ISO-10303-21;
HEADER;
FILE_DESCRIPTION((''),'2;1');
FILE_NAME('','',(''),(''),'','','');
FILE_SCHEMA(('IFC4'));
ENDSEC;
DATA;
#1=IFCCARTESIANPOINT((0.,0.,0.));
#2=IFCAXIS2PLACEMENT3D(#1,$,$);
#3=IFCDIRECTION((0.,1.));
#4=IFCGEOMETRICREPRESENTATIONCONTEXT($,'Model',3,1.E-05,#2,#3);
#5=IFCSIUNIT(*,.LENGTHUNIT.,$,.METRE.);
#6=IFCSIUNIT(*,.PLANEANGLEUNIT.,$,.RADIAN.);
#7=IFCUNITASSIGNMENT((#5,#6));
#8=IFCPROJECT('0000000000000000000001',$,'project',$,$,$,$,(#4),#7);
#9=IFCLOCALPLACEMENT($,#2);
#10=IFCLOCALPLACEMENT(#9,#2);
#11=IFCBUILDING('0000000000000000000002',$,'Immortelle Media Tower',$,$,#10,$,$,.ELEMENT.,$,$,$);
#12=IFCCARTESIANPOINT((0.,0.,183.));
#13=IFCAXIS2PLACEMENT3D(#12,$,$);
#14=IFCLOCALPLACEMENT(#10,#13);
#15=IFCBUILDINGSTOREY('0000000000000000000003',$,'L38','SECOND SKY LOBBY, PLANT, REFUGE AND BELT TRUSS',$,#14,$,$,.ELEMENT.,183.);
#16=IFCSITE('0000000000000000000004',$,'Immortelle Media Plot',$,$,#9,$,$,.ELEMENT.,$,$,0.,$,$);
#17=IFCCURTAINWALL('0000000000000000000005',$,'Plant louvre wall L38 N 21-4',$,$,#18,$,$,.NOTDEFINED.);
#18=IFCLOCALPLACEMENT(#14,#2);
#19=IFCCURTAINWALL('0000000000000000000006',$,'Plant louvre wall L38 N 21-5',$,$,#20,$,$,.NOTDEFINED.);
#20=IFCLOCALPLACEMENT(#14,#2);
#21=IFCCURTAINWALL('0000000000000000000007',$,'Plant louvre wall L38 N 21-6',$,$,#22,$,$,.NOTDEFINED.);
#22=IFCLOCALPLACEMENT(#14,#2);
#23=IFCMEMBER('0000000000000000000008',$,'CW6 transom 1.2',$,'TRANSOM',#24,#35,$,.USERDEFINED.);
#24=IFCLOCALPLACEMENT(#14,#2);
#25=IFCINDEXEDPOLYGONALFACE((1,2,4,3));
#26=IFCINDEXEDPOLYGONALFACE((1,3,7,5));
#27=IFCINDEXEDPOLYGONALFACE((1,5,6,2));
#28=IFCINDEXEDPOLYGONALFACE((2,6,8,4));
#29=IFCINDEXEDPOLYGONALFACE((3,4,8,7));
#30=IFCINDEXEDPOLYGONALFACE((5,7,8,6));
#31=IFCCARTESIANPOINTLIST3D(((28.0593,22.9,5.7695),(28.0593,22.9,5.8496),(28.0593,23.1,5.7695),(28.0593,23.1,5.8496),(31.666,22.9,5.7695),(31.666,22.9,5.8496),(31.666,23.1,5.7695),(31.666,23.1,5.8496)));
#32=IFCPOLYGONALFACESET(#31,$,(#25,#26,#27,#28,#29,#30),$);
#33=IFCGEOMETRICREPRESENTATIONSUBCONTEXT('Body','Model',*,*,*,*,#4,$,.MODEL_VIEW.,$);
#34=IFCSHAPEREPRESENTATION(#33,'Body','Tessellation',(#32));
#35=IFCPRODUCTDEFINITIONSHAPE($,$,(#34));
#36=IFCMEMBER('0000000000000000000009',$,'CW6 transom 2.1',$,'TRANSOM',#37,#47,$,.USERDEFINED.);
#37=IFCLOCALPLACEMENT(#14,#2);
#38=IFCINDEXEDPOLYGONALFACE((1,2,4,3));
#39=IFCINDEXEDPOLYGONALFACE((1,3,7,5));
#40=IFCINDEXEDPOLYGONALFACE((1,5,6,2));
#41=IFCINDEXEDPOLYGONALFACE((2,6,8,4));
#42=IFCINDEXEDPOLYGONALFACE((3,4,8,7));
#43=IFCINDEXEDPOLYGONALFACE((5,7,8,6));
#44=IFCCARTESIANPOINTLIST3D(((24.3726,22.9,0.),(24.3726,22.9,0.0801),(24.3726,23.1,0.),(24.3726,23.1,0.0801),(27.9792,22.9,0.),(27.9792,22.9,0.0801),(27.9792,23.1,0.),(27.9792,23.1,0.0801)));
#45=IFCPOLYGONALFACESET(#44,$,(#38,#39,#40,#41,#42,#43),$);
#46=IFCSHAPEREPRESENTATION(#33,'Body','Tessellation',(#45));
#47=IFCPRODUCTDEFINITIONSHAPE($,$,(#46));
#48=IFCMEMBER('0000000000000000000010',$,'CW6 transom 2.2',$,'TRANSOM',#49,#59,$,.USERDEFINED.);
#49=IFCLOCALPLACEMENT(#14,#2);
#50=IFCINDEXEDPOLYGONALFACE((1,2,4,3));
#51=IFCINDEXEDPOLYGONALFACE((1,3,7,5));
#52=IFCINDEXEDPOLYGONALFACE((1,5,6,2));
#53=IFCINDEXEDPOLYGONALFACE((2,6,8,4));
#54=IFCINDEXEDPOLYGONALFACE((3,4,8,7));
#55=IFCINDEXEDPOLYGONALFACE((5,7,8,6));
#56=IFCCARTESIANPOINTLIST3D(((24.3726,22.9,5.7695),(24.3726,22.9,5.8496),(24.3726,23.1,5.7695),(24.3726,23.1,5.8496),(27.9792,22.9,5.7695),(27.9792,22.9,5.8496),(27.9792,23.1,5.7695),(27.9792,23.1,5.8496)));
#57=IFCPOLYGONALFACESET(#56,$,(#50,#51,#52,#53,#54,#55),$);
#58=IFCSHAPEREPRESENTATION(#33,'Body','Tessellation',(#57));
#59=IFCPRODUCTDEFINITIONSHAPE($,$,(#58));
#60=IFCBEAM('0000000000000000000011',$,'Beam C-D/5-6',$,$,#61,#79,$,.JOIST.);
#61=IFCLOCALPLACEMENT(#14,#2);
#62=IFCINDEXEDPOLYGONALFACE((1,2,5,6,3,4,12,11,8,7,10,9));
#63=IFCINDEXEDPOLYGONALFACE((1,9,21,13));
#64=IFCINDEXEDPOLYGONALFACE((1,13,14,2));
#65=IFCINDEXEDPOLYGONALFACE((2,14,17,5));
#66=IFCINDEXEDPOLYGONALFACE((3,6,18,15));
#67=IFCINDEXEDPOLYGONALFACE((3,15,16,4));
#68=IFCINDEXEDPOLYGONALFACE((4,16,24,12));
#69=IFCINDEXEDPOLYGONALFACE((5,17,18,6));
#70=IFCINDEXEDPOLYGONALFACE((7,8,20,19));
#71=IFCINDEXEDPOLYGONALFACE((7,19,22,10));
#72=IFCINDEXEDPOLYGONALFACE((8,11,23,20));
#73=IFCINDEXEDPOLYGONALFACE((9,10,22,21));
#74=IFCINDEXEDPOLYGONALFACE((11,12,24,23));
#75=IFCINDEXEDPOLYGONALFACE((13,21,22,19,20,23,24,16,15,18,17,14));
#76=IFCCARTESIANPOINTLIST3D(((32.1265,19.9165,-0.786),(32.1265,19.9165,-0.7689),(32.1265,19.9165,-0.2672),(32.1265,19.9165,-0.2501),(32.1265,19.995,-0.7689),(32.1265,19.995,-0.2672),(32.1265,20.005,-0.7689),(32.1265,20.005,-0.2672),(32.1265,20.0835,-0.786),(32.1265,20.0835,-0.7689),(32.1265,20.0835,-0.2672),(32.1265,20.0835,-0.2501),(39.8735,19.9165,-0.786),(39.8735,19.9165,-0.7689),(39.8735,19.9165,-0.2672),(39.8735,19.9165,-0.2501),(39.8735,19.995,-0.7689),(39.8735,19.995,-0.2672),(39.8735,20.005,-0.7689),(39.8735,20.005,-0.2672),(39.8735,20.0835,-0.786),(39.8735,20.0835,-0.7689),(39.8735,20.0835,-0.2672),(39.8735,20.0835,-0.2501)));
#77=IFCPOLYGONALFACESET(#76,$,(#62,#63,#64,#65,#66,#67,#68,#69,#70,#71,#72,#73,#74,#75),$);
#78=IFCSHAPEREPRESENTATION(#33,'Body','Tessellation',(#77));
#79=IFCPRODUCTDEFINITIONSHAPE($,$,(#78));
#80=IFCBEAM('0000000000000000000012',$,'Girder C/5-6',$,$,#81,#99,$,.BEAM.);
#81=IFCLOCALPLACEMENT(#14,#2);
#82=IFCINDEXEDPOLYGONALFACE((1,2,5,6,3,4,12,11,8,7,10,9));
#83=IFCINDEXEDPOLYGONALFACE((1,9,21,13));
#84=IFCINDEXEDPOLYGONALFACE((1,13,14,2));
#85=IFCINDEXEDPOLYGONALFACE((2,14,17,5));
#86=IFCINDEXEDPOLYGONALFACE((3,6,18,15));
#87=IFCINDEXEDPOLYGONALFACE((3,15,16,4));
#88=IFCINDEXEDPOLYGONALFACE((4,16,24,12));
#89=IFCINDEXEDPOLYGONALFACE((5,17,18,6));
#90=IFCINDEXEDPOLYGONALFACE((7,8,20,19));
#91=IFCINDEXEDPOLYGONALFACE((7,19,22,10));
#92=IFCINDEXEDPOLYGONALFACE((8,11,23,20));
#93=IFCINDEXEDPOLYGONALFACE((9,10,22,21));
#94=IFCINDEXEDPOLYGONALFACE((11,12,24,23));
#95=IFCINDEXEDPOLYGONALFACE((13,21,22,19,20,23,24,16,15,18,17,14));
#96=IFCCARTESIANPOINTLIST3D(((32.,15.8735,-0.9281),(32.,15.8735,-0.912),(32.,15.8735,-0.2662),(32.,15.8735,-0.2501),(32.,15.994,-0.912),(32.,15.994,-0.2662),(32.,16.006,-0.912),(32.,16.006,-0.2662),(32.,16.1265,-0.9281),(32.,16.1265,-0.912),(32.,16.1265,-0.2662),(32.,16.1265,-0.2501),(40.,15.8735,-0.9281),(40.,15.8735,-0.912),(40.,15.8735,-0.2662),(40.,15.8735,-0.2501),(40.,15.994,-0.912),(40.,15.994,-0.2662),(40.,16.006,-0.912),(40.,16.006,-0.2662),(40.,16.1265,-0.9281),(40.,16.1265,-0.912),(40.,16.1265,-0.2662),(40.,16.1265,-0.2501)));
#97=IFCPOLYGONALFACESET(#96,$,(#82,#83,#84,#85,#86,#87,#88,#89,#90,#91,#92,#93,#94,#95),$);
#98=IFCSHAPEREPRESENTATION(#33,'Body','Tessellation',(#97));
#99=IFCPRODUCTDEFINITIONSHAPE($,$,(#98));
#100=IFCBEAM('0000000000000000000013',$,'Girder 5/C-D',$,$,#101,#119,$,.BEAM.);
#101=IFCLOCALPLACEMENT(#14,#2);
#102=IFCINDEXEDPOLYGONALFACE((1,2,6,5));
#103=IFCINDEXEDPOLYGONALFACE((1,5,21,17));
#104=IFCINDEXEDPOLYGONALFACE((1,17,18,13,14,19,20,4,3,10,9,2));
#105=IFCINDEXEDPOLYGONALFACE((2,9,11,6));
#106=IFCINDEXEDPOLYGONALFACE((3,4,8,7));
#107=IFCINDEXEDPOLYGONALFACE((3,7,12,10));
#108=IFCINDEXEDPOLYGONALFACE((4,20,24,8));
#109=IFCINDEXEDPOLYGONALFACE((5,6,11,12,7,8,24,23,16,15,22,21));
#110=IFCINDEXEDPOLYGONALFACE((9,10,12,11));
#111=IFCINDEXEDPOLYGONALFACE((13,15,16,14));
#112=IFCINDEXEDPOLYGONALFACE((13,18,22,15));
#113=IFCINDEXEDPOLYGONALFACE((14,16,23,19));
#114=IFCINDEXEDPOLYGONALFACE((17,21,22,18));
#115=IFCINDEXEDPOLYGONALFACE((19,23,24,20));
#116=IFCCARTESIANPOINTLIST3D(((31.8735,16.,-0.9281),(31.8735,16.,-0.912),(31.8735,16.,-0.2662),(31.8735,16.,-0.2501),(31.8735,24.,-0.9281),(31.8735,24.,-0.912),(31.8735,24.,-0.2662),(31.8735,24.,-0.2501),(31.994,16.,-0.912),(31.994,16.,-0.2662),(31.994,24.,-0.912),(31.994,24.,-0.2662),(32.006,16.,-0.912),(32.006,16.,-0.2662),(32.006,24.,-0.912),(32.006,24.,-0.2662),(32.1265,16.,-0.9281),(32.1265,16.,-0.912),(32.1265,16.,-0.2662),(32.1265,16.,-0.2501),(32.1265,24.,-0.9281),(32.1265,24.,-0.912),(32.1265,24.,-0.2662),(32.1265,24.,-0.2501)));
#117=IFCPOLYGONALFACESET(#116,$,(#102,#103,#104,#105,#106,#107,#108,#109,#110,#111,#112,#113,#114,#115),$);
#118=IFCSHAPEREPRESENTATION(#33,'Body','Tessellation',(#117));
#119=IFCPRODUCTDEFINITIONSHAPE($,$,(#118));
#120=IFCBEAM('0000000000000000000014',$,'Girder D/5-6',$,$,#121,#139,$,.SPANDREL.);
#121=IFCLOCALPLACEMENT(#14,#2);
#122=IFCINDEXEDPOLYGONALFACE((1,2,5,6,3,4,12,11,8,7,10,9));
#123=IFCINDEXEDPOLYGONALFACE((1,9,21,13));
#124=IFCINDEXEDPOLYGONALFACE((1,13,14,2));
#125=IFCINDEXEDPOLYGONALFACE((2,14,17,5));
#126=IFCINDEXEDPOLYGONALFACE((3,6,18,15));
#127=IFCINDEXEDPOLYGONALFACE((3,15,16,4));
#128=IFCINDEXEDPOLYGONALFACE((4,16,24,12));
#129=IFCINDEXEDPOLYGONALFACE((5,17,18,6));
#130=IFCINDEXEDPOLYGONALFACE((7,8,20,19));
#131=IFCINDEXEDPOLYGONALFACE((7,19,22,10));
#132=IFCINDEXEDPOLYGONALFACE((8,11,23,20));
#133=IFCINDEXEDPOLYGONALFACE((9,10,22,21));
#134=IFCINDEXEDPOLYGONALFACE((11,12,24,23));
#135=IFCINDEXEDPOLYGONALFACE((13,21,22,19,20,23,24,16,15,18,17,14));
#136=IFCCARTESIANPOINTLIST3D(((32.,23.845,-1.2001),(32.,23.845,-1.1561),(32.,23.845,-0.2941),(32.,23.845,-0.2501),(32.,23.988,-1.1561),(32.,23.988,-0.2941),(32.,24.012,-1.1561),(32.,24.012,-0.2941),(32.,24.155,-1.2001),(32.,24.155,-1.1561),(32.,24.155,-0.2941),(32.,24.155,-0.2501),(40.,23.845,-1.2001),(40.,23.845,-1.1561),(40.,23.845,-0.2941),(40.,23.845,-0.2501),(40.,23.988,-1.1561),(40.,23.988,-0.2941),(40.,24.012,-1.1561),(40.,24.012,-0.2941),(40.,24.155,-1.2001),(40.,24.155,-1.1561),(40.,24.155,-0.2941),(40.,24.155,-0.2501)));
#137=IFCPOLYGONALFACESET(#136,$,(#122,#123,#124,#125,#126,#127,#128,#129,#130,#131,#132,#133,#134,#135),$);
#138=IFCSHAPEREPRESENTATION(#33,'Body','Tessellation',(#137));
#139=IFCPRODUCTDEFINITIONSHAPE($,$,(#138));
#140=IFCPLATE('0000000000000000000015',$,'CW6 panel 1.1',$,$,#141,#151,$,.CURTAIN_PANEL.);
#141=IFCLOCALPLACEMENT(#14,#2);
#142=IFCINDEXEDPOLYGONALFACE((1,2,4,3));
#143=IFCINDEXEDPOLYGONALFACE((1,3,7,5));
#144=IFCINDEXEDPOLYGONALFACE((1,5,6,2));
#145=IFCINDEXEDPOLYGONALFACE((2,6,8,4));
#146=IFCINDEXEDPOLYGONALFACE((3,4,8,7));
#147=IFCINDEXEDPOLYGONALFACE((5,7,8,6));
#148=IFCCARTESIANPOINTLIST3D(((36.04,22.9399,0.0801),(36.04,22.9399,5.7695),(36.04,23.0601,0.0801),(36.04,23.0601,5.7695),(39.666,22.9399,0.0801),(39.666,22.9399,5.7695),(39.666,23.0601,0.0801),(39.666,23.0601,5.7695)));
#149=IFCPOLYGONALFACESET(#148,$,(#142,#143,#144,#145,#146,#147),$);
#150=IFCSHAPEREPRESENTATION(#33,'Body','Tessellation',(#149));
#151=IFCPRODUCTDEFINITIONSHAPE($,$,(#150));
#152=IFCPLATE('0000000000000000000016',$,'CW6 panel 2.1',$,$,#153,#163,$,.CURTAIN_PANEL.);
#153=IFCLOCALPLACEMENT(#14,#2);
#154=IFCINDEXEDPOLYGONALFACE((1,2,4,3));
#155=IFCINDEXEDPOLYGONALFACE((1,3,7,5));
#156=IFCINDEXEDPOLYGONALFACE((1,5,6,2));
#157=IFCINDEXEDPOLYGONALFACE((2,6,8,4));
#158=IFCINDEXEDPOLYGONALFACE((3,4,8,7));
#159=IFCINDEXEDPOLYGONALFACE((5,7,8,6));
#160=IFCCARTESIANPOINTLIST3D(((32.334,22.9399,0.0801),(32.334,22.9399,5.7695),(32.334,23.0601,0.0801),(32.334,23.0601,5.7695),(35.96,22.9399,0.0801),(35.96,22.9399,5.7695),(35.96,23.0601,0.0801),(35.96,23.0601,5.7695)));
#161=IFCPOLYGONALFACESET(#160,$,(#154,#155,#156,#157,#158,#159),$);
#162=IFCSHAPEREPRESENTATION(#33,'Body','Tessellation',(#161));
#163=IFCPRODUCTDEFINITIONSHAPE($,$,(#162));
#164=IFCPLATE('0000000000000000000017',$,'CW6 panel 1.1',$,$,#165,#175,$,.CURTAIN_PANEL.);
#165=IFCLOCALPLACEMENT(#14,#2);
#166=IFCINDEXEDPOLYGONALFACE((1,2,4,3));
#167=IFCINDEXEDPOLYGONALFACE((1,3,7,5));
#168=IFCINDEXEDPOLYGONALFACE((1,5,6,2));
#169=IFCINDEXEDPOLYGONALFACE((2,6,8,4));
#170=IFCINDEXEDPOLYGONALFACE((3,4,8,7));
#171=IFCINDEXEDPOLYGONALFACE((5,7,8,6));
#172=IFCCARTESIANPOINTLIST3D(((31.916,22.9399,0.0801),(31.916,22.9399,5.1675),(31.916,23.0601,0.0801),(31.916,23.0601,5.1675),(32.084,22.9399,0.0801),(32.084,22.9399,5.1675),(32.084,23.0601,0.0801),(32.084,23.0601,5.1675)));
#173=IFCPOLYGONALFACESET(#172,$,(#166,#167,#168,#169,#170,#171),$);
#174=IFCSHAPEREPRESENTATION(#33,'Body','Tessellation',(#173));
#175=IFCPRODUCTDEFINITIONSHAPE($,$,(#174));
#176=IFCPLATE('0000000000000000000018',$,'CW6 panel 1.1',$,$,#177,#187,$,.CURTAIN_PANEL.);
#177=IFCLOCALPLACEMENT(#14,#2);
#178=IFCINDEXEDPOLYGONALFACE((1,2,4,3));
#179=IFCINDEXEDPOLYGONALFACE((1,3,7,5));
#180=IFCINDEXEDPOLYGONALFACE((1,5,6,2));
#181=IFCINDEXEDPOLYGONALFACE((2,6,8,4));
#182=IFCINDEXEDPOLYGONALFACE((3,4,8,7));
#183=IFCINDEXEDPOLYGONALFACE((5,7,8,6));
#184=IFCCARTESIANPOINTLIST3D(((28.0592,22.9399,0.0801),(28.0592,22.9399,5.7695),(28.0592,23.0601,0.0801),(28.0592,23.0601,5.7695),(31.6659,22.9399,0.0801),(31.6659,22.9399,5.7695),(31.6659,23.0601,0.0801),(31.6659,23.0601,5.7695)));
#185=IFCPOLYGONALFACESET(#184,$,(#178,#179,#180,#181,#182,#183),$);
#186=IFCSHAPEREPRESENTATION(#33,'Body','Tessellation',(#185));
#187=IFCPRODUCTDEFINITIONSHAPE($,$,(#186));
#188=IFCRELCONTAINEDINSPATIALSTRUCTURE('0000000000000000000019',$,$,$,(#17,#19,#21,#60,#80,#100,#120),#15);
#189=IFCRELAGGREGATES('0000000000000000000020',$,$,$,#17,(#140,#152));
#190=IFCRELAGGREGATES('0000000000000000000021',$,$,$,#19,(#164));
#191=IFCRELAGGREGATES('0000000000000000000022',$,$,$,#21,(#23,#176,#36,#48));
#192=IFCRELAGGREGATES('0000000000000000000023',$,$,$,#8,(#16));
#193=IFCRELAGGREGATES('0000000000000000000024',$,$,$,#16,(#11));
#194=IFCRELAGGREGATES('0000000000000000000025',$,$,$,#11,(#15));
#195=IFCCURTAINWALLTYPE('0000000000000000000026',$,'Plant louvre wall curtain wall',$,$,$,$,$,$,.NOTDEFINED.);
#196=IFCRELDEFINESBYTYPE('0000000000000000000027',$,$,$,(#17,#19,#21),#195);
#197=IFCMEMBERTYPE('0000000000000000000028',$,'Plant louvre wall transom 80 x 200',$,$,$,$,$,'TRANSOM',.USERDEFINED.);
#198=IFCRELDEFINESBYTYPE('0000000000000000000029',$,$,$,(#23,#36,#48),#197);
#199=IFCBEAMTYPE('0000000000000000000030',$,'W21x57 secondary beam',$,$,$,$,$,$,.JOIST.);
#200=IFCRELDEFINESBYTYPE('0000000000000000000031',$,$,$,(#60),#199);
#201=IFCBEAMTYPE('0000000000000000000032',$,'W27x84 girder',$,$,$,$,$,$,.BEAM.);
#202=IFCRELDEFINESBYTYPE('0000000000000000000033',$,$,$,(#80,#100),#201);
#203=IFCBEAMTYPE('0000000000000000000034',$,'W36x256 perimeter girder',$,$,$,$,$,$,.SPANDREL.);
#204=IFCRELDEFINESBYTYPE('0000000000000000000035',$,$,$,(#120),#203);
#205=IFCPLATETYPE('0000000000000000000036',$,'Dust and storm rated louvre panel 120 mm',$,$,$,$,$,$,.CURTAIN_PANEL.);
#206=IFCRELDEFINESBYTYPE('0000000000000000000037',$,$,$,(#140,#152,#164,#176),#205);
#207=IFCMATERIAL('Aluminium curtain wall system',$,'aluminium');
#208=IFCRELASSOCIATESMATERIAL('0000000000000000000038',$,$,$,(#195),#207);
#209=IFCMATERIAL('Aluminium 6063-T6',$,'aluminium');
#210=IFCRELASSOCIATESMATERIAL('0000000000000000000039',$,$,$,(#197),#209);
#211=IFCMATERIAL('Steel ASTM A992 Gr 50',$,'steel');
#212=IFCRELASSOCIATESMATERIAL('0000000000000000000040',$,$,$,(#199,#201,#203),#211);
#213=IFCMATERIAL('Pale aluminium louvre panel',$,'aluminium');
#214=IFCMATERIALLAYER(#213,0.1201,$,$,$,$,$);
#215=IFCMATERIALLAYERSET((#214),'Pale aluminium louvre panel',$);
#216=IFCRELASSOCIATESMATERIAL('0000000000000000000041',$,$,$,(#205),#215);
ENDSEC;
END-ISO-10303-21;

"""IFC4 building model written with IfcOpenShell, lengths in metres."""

from ifc_helpers import new_model, si_unit, direction, frame, origin, origin_2d, place, context, subcontext, project, spatial, rectangle, i_section, extrude, material, layer, layer_set, material_profile, profile_set, type_object, element, aggregate, save


model = new_model("IFC4")

# Units and contexts
model_context = context("Model", 3, precision=1e-05, world=origin(), true_north=direction((0.0, 1.0)))
body_context = subcontext(model_context, "Body", "Model", "MODEL_VIEW")
ifc_project = project(units=[si_unit("LENGTHUNIT", "METRE"), si_unit("PLANEANGLEUNIT", "RADIAN")], contexts=[model_context])

# Site, building, storey
site_placement = place(None, origin())
site = spatial("IfcSite", under=ifc_project, at=site_placement, Name="Immortelle Media Plot", CompositionType="ELEMENT", RefElevation=0.0)
building_placement = place(site_placement, origin())
building = spatial("IfcBuilding", under=site, at=building_placement, Name="Immortelle Media Tower", CompositionType="ELEMENT")
storey_placement = place(building_placement, frame((0.0, 0.0, 183.0)))
storey = spatial("IfcBuildingStorey", under=building, at=storey_placement, Name="L38", Description="SECOND SKY LOBBY, PLANT, REFUGE AND BELT TRUSS", CompositionType="ELEMENT", Elevation=183.0)

# Shared definitions
ifc_material_1 = material(Name="Steel ASTM A992 Gr 50", Category="steel")

# Curtain walls
ifc_material_2 = material(Name="Aluminium curtain wall system", Category="aluminium")
curtain_wall_type = type_object("IfcCurtainWallType", Name="Plant louvre wall curtain wall", PredefinedType="NOTDEFINED", material=ifc_material_2)
curtain_wall_1_placement = place(storey_placement, origin())
curtain_wall_1 = element("IfcCurtainWall", 1, at=curtain_wall_1_placement, inside=storey, type_object=curtain_wall_type, Name="Plant louvre wall L38 N 21-4", PredefinedType="NOTDEFINED")
ifc_material_3 = material(Name="Aluminium 6063-T6", Category="aluminium")
curtain_wall_2_placement = place(storey_placement, origin())
curtain_wall_2 = element("IfcCurtainWall", 2, at=curtain_wall_2_placement, inside=storey, type_object=curtain_wall_type, Name="Plant louvre wall L38 N 21-5", PredefinedType="NOTDEFINED")
curtain_wall_3_placement = place(storey_placement, origin())
curtain_wall_3 = element("IfcCurtainWall", 3, at=curtain_wall_3_placement, inside=storey, type_object=curtain_wall_type, Name="Plant louvre wall L38 N 21-6", PredefinedType="NOTDEFINED")

# Members
ifc_material_profile_1 = material_profile(ifc_material_3, rectangle(XDim=0.2, YDim=0.0801, at=origin_2d()), Name="AL 80x200")
ifc_profile_set_1 = profile_set([ifc_material_profile_1], Name="Aluminium 6063-T6")
member_type_1 = type_object("IfcMemberType", Name="Plant louvre wall transom 80 x 200", ElementType="TRANSOM", PredefinedType="USERDEFINED", material=ifc_profile_set_1)
member_1_placement = place(storey_placement, frame((31.666, 23.0, 5.8096), z_axis=(-1.0, 0.0, 0.0), x_axis=(0.0, -1.0, 0.0)))
member_1 = element("IfcMember", 4, at=member_1_placement, type_object=member_type_1, Name="CW6 transom 1.2", ObjectType="TRANSOM", PredefinedType="USERDEFINED", context=body_context, shape_type="SweptSolid", body=[
    extrude(rectangle(XDim=0.2, YDim=0.0801, at=origin_2d()), origin(), (0.0, 0.0, 1.0), 3.6067),
])
member_2_placement = place(storey_placement, frame((27.9792, 23.0, 0.04), z_axis=(-1.0, 0.0, 0.0), x_axis=(0.0, -1.0, 0.0)))
member_2 = element("IfcMember", 5, at=member_2_placement, type_object=member_type_1, Name="CW6 transom 2.1", ObjectType="TRANSOM", PredefinedType="USERDEFINED", context=body_context, shape_type="SweptSolid", body=[
    extrude(rectangle(XDim=0.2, YDim=0.0801, at=origin_2d()), origin(), (0.0, 0.0, 1.0), 3.6067),
])
member_3_placement = place(storey_placement, frame((27.9792, 23.0, 5.8096), z_axis=(-1.0, 0.0, 0.0), x_axis=(0.0, -1.0, 0.0)))
member_3 = element("IfcMember", 6, at=member_3_placement, type_object=member_type_1, Name="CW6 transom 2.2", ObjectType="TRANSOM", PredefinedType="USERDEFINED", context=body_context, shape_type="SweptSolid", body=[
    extrude(rectangle(XDim=0.2, YDim=0.0801, at=origin_2d()), origin(), (0.0, 0.0, 1.0), 3.6067),
])

# Beams
ifc_material_profile_2 = material_profile(ifc_material_1, i_section(OverallWidth=0.167, OverallDepth=0.5359, WebThickness=0.01, FlangeThickness=0.0171, at=origin_2d()), Name="W21x57")
ifc_profile_set_2 = profile_set([ifc_material_profile_2], Name="Steel ASTM A992 Gr 50")
beam_type_1 = type_object("IfcBeamType", Name="W21x57 secondary beam", PredefinedType="JOIST", material=ifc_profile_set_2)
beam_1_placement = place(storey_placement, frame((32.1265, 20.0, -0.5181), z_axis=(1.0, 0.0, 0.0), x_axis=(0.0, 1.0, 0.0)))
element("IfcBeam", 7, at=beam_1_placement, inside=storey, type_object=beam_type_1, Name="Beam C-D/5-6", PredefinedType="JOIST", context=body_context, shape_type="SweptSolid", body=[
    extrude(i_section(OverallWidth=0.167, OverallDepth=0.5359, WebThickness=0.01, FlangeThickness=0.0171, at=origin_2d()), origin(), (0.0, 0.0, 1.0), 7.7471),
])
ifc_material_profile_3 = material_profile(ifc_material_1, i_section(OverallWidth=0.2529, OverallDepth=0.678, WebThickness=0.012, FlangeThickness=0.0161, at=origin_2d()), Name="W27x84")
ifc_profile_set_3 = profile_set([ifc_material_profile_3], Name="Steel ASTM A992 Gr 50")
beam_type_2 = type_object("IfcBeamType", Name="W27x84 girder", PredefinedType="BEAM", material=ifc_profile_set_3)
for number, where, z_axis, x_axis, name in (
    (8, (32.0, 16.0, -0.5891), (1.0, 0.0, 0.0), (0.0, 1.0, 0.0), "Girder C/5-6"),
    (9, (32.0, 16.0, -0.5891), (0.0, 1.0, 0.0), (-1.0, 0.0, 0.0), "Girder 5/C-D"),
):
    element("IfcBeam", number, at=place(storey_placement, frame(where, z_axis=z_axis, x_axis=x_axis)), inside=storey, type_object=beam_type_2, Name=name, PredefinedType="BEAM", context=body_context, shape_type="SweptSolid", body=[
        extrude(i_section(OverallWidth=0.2529, OverallDepth=0.678, WebThickness=0.012, FlangeThickness=0.0161, at=origin_2d()), origin(), (0.0, 0.0, 1.0), 8.0),
    ])
ifc_material_profile_4 = material_profile(ifc_material_1, i_section(OverallWidth=0.3101, OverallDepth=0.95, WebThickness=0.0239, FlangeThickness=0.0439, at=origin_2d()), Name="W36x256")
ifc_profile_set_4 = profile_set([ifc_material_profile_4], Name="Steel ASTM A992 Gr 50")
beam_type_3 = type_object("IfcBeamType", Name="W36x256 perimeter girder", PredefinedType="SPANDREL", material=ifc_profile_set_4)
beam_2_placement = place(storey_placement, frame((32.0, 24.0, -0.7251), z_axis=(1.0, 0.0, 0.0), x_axis=(0.0, 1.0, 0.0)))
element("IfcBeam", 10, at=beam_2_placement, inside=storey, type_object=beam_type_3, Name="Girder D/5-6", PredefinedType="SPANDREL", context=body_context, shape_type="SweptSolid", body=[
    extrude(i_section(OverallWidth=0.3101, OverallDepth=0.95, WebThickness=0.0239, FlangeThickness=0.0439, at=origin_2d()), origin(), (0.0, 0.0, 1.0), 8.0),
])

# Plates
ifc_material_4 = material(Name="Pale aluminium louvre panel", Category="aluminium")
ifc_layer = layer(ifc_material_4, 0.1201)
ifc_layer_set = layer_set([ifc_layer], Name="Pale aluminium louvre panel")
plate_type = type_object("IfcPlateType", Name="Dust and storm rated louvre panel 120 mm", PredefinedType="CURTAIN_PANEL", material=ifc_layer_set)
plate_1_placement = place(storey_placement, frame((37.853, 23.0, 0.0801), z_axis=(0.0, 0.0, 1.0), x_axis=(-1.0, 0.0, 0.0)))
plate_1 = element("IfcPlate", 11, at=plate_1_placement, type_object=plate_type, Name="CW6 panel 1.1", PredefinedType="CURTAIN_PANEL", context=body_context, shape_type="SweptSolid", body=[
    extrude(rectangle(XDim=3.626, YDim=0.1201, at=origin_2d()), origin(), (0.0, 0.0, 1.0), 5.6895),
])
plate_2_placement = place(storey_placement, frame((34.147, 23.0, 0.0801), z_axis=(0.0, 0.0, 1.0), x_axis=(-1.0, 0.0, 0.0)))
plate_2 = element("IfcPlate", 12, at=plate_2_placement, type_object=plate_type, Name="CW6 panel 2.1", PredefinedType="CURTAIN_PANEL", context=body_context, shape_type="SweptSolid", body=[
    extrude(rectangle(XDim=3.626, YDim=0.1201, at=origin_2d()), origin(), (0.0, 0.0, 1.0), 5.6895),
])
aggregate(curtain_wall_1, [plate_1, plate_2])
plate_3_placement = place(storey_placement, frame((32.0, 23.0, 0.0801), z_axis=(0.0, 0.0, 1.0), x_axis=(-1.0, 0.0, 0.0)))
plate_3 = element("IfcPlate", 13, at=plate_3_placement, type_object=plate_type, Name="CW6 panel 1.1", PredefinedType="CURTAIN_PANEL", context=body_context, shape_type="SweptSolid", body=[
    extrude(rectangle(XDim=0.168, YDim=0.1201, at=origin_2d()), origin(), (0.0, 0.0, 1.0), 5.0874),
])
aggregate(curtain_wall_2, [plate_3])
plate_4_placement = place(storey_placement, frame((29.8625, 23.0, 0.0801), z_axis=(0.0, 0.0, 1.0), x_axis=(-1.0, 0.0, 0.0)))
plate_4 = element("IfcPlate", 14, at=plate_4_placement, type_object=plate_type, Name="CW6 panel 1.1", PredefinedType="CURTAIN_PANEL", context=body_context, shape_type="SweptSolid", body=[
    extrude(rectangle(XDim=3.6067, YDim=0.1201, at=origin_2d()), origin(), (0.0, 0.0, 1.0), 5.6895),
])
aggregate(curtain_wall_3, [member_1, plate_4, member_2, member_3])

save(model, "model.ifc")
